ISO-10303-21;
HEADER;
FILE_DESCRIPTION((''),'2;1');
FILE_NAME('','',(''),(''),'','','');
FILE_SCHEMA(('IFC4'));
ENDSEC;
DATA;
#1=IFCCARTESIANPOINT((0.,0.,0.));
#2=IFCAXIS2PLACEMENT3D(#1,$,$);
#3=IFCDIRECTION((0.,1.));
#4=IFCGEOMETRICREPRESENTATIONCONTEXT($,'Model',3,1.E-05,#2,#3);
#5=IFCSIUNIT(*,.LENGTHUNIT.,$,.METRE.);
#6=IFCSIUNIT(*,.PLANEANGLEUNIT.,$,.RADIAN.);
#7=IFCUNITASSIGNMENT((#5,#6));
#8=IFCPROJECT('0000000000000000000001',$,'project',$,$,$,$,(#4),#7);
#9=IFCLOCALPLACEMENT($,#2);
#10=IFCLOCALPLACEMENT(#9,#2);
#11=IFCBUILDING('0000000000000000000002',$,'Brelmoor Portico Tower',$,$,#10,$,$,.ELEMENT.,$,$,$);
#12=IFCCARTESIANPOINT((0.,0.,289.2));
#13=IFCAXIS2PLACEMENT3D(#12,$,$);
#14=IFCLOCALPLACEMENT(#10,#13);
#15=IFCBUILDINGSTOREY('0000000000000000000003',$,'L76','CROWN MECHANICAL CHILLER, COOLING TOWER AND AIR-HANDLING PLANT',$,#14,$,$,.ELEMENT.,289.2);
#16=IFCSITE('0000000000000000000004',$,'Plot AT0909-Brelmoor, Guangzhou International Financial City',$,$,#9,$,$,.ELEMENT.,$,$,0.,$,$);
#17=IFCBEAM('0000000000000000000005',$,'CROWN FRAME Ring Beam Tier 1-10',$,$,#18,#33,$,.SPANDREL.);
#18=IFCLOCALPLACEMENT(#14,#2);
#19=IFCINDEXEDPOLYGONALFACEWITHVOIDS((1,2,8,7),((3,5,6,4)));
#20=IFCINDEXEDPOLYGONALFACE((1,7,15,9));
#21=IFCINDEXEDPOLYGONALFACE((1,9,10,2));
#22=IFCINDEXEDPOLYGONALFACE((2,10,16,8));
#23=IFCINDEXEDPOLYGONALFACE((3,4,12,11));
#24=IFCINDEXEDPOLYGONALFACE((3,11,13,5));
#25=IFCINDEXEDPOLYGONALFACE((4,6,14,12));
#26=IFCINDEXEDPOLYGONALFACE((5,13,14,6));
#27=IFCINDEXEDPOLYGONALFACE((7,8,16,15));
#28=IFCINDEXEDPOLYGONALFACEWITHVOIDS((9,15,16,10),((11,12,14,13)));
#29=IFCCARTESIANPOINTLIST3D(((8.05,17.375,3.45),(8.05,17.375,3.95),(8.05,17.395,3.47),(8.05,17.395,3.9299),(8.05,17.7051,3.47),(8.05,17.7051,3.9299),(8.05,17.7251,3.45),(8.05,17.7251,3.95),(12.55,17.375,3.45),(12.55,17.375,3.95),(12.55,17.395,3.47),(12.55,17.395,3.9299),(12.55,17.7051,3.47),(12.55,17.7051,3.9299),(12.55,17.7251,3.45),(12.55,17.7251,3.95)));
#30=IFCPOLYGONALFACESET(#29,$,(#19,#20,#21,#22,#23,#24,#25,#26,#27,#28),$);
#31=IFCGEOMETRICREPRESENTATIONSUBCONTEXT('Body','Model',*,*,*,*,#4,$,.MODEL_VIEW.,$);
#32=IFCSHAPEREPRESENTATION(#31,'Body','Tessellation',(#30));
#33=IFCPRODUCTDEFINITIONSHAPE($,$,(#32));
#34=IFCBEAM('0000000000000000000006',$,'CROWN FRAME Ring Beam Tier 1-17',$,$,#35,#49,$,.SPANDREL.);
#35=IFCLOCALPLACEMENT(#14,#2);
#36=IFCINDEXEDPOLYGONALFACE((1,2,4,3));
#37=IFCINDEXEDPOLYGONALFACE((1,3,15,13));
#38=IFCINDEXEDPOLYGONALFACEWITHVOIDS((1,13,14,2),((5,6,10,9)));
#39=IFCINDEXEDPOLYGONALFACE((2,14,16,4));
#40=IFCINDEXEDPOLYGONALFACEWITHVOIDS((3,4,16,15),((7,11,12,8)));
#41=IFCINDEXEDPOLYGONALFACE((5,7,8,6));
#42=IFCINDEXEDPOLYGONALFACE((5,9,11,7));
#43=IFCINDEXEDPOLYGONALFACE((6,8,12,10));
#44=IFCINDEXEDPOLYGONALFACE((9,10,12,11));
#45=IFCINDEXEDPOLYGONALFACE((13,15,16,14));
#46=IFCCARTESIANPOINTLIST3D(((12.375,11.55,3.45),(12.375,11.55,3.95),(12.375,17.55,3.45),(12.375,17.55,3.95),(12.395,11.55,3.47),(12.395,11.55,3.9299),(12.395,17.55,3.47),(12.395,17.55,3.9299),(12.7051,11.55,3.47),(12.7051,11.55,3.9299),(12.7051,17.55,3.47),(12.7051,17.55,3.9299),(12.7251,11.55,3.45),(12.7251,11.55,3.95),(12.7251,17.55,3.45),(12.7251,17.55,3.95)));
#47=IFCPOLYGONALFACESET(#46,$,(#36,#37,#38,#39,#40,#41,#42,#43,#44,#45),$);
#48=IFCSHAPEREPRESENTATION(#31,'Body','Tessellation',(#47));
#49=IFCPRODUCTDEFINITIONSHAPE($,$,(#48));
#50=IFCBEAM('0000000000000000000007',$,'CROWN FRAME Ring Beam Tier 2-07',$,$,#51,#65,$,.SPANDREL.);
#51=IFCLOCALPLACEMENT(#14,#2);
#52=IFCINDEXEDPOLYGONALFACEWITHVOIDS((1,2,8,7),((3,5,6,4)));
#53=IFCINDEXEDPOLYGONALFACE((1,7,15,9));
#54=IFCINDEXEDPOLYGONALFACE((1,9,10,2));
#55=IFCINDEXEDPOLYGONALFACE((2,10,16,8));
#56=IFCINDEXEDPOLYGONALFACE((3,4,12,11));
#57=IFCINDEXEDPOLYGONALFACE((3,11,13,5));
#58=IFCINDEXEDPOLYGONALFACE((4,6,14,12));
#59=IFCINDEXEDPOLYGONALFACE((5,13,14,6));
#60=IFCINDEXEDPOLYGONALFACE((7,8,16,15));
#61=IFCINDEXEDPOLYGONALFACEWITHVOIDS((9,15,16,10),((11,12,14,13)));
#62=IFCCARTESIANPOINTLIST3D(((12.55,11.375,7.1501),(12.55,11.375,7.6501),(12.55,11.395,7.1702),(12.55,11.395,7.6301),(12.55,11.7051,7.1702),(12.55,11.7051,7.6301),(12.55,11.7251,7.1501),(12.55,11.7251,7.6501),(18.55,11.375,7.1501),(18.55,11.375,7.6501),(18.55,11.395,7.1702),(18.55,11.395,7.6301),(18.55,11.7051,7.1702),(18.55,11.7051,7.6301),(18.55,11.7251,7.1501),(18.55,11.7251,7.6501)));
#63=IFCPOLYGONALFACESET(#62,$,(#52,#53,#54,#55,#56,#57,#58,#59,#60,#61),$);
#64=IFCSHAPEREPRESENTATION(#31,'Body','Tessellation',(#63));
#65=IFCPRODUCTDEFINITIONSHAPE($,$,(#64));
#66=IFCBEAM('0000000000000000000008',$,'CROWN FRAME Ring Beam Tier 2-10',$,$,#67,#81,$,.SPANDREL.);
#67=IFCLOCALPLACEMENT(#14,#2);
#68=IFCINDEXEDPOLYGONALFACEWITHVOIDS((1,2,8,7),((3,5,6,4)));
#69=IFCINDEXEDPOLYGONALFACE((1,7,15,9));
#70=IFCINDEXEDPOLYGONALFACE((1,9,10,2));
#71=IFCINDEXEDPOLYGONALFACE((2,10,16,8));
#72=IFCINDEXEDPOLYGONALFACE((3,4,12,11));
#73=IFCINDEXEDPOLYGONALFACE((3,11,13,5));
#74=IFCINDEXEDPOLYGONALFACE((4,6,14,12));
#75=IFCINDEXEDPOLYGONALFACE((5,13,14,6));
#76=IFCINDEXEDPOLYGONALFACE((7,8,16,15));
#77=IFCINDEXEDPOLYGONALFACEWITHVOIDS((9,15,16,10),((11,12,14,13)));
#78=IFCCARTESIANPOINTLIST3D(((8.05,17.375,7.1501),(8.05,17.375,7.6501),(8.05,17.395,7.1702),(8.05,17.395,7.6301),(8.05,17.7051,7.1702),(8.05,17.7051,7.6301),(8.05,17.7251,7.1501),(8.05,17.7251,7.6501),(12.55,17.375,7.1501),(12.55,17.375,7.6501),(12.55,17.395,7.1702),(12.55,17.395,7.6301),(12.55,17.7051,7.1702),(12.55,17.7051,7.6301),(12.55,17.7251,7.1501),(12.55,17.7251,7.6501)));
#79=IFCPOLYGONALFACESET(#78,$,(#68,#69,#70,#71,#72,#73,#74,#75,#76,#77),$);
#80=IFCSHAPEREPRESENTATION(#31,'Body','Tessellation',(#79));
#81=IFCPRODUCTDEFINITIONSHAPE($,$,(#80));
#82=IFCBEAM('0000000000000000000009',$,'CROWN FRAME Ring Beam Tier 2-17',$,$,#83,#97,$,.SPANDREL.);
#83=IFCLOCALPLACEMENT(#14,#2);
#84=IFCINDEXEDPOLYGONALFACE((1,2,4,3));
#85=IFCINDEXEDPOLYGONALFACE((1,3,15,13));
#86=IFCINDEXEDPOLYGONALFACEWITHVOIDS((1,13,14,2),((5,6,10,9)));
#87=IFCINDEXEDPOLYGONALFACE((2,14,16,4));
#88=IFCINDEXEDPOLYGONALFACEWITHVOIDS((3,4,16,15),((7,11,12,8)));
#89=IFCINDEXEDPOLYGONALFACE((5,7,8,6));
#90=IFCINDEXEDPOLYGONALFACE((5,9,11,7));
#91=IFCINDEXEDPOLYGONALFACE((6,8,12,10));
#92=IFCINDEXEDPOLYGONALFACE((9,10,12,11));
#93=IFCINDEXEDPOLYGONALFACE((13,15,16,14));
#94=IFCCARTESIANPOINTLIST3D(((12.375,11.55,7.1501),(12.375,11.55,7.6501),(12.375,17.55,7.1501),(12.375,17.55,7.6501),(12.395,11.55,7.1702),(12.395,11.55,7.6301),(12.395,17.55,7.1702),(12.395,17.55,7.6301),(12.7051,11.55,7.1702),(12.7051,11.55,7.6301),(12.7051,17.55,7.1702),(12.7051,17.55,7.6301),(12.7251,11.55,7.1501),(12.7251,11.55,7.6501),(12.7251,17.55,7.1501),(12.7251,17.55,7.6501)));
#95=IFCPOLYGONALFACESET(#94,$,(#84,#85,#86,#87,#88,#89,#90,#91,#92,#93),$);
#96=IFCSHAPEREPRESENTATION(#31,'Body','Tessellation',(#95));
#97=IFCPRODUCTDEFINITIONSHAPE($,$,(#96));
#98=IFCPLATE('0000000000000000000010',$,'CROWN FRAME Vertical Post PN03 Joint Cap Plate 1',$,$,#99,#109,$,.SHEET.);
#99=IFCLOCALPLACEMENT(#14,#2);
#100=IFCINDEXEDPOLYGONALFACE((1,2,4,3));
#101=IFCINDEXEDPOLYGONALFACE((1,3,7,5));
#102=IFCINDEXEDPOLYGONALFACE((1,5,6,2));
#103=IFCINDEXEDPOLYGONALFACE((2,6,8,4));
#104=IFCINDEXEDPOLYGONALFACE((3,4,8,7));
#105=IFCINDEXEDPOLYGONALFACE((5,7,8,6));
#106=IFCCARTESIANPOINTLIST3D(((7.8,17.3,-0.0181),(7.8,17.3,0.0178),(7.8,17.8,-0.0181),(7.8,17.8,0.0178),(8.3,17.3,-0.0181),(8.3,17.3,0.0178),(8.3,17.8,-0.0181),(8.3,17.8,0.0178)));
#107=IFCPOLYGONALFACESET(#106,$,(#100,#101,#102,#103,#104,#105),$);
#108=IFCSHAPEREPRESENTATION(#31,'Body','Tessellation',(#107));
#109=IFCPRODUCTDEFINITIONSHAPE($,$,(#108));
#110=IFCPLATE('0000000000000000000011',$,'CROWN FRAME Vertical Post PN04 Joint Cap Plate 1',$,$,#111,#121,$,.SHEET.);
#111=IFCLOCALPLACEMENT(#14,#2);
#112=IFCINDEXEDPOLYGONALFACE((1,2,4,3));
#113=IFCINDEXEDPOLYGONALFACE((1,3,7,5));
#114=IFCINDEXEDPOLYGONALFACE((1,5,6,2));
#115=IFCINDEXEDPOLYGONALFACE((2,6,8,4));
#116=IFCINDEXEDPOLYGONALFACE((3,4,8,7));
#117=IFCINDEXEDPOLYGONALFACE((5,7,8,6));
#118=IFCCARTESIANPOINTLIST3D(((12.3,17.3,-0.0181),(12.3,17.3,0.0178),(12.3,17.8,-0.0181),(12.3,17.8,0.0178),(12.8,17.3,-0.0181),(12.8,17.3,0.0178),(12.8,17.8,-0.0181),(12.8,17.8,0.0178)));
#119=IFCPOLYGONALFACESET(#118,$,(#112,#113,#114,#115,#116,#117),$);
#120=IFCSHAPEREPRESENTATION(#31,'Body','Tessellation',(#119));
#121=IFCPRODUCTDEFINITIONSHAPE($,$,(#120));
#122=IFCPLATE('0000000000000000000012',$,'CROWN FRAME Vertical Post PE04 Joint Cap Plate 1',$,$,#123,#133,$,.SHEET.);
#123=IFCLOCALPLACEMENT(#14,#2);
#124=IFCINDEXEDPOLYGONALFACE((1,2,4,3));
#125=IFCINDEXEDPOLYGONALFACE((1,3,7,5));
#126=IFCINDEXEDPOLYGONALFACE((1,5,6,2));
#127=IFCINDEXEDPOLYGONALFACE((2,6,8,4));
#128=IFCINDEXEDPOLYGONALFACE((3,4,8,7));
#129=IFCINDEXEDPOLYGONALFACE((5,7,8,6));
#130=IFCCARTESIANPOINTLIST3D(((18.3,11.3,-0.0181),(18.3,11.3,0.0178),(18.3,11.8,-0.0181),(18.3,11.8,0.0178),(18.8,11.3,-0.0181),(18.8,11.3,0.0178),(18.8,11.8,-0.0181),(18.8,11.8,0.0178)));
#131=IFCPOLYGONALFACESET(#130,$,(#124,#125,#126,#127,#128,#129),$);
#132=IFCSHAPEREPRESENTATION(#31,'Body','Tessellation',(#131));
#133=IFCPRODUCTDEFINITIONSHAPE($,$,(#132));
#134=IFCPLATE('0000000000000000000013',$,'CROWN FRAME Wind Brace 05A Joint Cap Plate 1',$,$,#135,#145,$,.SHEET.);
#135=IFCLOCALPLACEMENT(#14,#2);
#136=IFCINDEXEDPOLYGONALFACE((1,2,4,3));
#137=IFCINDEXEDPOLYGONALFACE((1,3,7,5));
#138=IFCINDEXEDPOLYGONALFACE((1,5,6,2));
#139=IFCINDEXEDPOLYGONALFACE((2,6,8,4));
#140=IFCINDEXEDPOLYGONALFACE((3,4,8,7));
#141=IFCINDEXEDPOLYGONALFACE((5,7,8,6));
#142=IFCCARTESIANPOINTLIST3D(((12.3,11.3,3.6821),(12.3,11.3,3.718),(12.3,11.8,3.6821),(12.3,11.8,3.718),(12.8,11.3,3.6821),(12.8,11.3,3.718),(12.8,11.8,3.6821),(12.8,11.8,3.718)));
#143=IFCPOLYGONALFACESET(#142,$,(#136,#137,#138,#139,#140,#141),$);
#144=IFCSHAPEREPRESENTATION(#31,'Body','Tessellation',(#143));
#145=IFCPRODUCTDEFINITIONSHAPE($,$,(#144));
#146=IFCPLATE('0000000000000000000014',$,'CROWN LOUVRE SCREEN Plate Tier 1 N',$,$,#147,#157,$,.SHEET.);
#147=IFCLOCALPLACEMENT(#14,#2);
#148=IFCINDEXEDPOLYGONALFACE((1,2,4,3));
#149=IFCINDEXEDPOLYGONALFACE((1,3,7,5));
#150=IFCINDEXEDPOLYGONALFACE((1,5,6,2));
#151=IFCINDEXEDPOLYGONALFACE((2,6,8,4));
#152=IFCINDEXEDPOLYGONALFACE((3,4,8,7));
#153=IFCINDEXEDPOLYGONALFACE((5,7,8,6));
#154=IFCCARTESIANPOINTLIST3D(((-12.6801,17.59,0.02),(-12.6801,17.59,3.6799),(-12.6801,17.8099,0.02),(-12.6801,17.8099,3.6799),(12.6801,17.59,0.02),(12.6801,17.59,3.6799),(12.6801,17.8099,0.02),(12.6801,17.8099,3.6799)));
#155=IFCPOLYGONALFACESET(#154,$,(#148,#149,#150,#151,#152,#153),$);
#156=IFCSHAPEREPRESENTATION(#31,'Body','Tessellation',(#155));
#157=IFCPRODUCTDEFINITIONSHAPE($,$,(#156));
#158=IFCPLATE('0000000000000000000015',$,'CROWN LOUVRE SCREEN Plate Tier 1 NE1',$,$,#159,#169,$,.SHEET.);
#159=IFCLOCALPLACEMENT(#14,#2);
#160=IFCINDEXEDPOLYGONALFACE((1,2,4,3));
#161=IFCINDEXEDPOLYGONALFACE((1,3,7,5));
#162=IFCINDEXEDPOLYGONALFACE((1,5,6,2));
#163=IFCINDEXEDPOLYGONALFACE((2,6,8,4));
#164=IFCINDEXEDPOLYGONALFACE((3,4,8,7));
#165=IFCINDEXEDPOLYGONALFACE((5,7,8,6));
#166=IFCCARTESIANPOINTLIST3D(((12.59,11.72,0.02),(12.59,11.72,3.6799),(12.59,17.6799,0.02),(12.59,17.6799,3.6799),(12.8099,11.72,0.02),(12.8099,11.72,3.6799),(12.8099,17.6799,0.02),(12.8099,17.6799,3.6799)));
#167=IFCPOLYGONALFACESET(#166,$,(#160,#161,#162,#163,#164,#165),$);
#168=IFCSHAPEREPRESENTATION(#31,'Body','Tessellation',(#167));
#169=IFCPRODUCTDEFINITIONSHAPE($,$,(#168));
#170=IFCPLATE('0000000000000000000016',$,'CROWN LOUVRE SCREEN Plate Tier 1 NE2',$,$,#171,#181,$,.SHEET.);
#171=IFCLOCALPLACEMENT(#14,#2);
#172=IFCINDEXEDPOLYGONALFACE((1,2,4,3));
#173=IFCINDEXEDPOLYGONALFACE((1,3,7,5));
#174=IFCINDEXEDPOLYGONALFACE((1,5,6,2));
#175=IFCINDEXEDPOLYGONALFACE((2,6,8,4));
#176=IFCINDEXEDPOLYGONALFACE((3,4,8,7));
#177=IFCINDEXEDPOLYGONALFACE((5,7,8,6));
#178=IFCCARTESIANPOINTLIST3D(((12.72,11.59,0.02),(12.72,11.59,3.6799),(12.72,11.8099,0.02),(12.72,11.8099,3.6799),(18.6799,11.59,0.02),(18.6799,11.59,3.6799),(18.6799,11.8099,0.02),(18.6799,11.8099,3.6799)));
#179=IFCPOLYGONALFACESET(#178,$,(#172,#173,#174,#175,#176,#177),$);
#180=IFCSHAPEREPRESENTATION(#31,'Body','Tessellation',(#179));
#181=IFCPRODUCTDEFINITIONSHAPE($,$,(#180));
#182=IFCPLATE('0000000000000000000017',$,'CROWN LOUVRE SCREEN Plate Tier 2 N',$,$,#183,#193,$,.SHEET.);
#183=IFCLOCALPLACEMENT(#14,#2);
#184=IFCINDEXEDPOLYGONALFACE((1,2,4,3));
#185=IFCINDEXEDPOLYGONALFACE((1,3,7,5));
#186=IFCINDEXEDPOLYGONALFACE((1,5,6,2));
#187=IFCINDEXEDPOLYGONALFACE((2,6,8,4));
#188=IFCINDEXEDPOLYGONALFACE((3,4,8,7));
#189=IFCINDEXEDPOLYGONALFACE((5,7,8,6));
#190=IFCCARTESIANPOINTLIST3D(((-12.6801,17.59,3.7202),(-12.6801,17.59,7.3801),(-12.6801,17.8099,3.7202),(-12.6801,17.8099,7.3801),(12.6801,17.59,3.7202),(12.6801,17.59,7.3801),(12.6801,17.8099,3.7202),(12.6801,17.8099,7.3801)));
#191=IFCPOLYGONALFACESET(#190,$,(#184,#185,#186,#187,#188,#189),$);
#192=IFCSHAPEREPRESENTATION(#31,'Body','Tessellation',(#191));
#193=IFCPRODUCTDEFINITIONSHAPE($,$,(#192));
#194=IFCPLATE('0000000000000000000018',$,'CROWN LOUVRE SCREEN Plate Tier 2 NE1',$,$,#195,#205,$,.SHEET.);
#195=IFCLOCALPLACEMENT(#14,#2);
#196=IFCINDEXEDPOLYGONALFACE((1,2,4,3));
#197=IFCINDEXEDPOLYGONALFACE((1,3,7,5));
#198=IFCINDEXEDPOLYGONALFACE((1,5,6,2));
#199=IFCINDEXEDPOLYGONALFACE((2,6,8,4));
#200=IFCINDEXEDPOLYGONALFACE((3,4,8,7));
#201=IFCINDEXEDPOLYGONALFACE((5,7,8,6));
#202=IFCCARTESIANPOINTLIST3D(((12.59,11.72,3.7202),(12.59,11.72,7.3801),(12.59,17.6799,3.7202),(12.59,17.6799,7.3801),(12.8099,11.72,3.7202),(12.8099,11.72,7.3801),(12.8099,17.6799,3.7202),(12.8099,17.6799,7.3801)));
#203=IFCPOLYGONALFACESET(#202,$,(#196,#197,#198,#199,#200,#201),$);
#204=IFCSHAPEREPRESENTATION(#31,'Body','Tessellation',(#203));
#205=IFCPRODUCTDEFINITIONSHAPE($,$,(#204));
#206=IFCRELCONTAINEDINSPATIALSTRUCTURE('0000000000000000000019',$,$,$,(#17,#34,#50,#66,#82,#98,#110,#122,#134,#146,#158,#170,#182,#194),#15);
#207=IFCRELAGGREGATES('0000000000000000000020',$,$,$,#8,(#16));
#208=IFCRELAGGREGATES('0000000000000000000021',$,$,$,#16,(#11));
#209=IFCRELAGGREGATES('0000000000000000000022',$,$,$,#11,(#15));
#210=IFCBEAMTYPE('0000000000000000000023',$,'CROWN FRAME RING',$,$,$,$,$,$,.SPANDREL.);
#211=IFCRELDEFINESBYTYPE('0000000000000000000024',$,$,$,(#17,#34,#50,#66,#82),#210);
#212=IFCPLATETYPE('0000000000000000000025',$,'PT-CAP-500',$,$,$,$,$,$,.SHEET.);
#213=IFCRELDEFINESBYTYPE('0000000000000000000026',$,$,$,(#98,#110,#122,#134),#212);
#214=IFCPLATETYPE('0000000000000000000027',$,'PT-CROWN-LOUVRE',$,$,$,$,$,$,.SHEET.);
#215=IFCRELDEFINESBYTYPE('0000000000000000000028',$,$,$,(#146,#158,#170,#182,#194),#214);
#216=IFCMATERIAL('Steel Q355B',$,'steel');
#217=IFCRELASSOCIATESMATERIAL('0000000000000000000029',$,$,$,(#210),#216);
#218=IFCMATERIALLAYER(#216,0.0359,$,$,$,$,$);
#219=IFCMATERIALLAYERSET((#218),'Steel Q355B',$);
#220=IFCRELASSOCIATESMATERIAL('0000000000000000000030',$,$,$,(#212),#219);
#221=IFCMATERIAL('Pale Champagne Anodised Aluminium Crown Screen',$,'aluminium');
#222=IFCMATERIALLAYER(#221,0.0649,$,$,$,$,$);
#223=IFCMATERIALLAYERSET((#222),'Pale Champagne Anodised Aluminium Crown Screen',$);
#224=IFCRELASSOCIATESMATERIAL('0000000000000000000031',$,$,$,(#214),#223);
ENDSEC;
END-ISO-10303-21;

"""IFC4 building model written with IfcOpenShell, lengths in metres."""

from ifc_helpers import new_model, si_unit, direction, frame, origin, origin_2d, place, context, subcontext, project, spatial, rectangle, hollow_rectangle, extrude, material, layer, layer_set, material_profile, profile_set, type_object, element, save


model = new_model("IFC4")

# Units and contexts
model_context = context("Model", 3, precision=1e-05, world=origin(), true_north=direction((0.0, 1.0)))
body_context = subcontext(model_context, "Body", "Model", "MODEL_VIEW")
ifc_project = project(units=[si_unit("LENGTHUNIT", "METRE"), si_unit("PLANEANGLEUNIT", "RADIAN")], contexts=[model_context])

# Site, building, storey
site_placement = place(None, origin())
site = spatial("IfcSite", under=ifc_project, at=site_placement, Name="Plot AT0909-Brelmoor, Guangzhou International Financial City", CompositionType="ELEMENT", RefElevation=0.0)
building_placement = place(site_placement, origin())
building = spatial("IfcBuilding", under=site, at=building_placement, Name="Brelmoor Portico Tower", CompositionType="ELEMENT")
storey_placement = place(building_placement, frame((0.0, 0.0, 289.2)))
storey = spatial("IfcBuildingStorey", under=building, at=storey_placement, Name="L76", Description="CROWN MECHANICAL CHILLER, COOLING TOWER AND AIR-HANDLING PLANT", CompositionType="ELEMENT", Elevation=289.2)

# Shared definitions
ifc_material_1 = material(Name="Steel Q355B", Category="steel")

# Beams
ifc_material_profile_1 = material_profile(ifc_material_1, hollow_rectangle(XDim=0.3501, YDim=0.5, WallThickness=0.02, at=origin_2d()), Name="RHS 350x500x20")
ifc_profile_set_1 = profile_set([ifc_material_profile_1], Name="Steel Q355B")
beam_type = type_object("IfcBeamType", Name="CROWN FRAME RING", PredefinedType="SPANDREL", material=ifc_profile_set_1)
beam_1_placement = place(storey_placement, frame((8.05, 17.55, 3.7), z_axis=(1.0, 0.0, 0.0), x_axis=(0.0, 1.0, 0.0)))
element("IfcBeam", 1, at=beam_1_placement, inside=storey, type_object=beam_type, Name="CROWN FRAME Ring Beam Tier 1-10", PredefinedType="SPANDREL", context=body_context, shape_type="SweptSolid", body=[
    extrude(hollow_rectangle(XDim=0.3501, YDim=0.5, WallThickness=0.02, at=origin_2d()), origin(), (0.0, 0.0, 1.0), 4.5),
])
for number, where, z_axis, x_axis, name in (
    (2, (12.55, 11.55, 3.7), (0.0, 1.0, 0.0), (-1.0, 0.0, 0.0), "CROWN FRAME Ring Beam Tier 1-17"),
    (3, (12.55, 11.55, 7.4001), (1.0, 0.0, 0.0), (0.0, 1.0, 0.0), "CROWN FRAME Ring Beam Tier 2-07"),
):
    element("IfcBeam", number, at=place(storey_placement, frame(where, z_axis=z_axis, x_axis=x_axis)), inside=storey, type_object=beam_type, Name=name, PredefinedType="SPANDREL", context=body_context, shape_type="SweptSolid", body=[
        extrude(hollow_rectangle(XDim=0.3501, YDim=0.5, WallThickness=0.02, at=origin_2d()), origin(), (0.0, 0.0, 1.0), 6.0),
    ])
beam_2_placement = place(storey_placement, frame((8.05, 17.55, 7.4001), z_axis=(1.0, 0.0, 0.0), x_axis=(0.0, 1.0, 0.0)))
element("IfcBeam", 4, at=beam_2_placement, inside=storey, type_object=beam_type, Name="CROWN FRAME Ring Beam Tier 2-10", PredefinedType="SPANDREL", context=body_context, shape_type="SweptSolid", body=[
    extrude(hollow_rectangle(XDim=0.3501, YDim=0.5, WallThickness=0.02, at=origin_2d()), origin(), (0.0, 0.0, 1.0), 4.5),
])
beam_3_placement = place(storey_placement, frame((12.55, 11.55, 7.4001), z_axis=(0.0, 1.0, 0.0), x_axis=(-1.0, 0.0, 0.0)))
element("IfcBeam", 5, at=beam_3_placement, inside=storey, type_object=beam_type, Name="CROWN FRAME Ring Beam Tier 2-17", PredefinedType="SPANDREL", context=body_context, shape_type="SweptSolid", body=[
    extrude(hollow_rectangle(XDim=0.3501, YDim=0.5, WallThickness=0.02, at=origin_2d()), origin(), (0.0, 0.0, 1.0), 6.0),
])

# Plates
ifc_layer_1 = layer(ifc_material_1, 0.0359)
ifc_layer_set_1 = layer_set([ifc_layer_1], Name="Steel Q355B")
plate_type_1 = type_object("IfcPlateType", Name="PT-CAP-500", PredefinedType="SHEET", material=ifc_layer_set_1)
for number, where, z_axis, x_axis, name in (
    (6, (8.05, 17.55, -0.0181), (0.0, 0.0, 1.0), (1.0, 0.0, 0.0), "CROWN FRAME Vertical Post PN03 Joint Cap Plate 1"),
    (7, (12.55, 17.55, -0.0181), (0.0, 0.0, 1.0), (1.0, 0.0, 0.0), "CROWN FRAME Vertical Post PN04 Joint Cap Plate 1"),
    (8, (18.55, 11.55, -0.0181), (0.0, 0.0, 1.0), (1.0, 0.0, 0.0), "CROWN FRAME Vertical Post PE04 Joint Cap Plate 1"),
    (9, (12.55, 11.55, 3.6821), (0.0, 0.0, 1.0), (1.0, 0.0, 0.0), "CROWN FRAME Wind Brace 05A Joint Cap Plate 1"),
):
    element("IfcPlate", number, at=place(storey_placement, frame(where, z_axis=z_axis, x_axis=x_axis)), inside=storey, type_object=plate_type_1, Name=name, PredefinedType="SHEET", context=body_context, shape_type="SweptSolid", body=[
        extrude(rectangle(XDim=0.5, YDim=0.5, at=origin_2d()), origin(), (0.0, 0.0, 1.0), 0.0359),
    ])
ifc_material_2 = material(Name="Pale Champagne Anodised Aluminium Crown Screen", Category="aluminium")
ifc_layer_2 = layer(ifc_material_2, 0.0649)
ifc_layer_set_2 = layer_set([ifc_layer_2], Name="Pale Champagne Anodised Aluminium Crown Screen")
plate_type_2 = type_object("IfcPlateType", Name="PT-CROWN-LOUVRE", PredefinedType="SHEET", material=ifc_layer_set_2)
plate_1_placement = place(storey_placement, frame((0.0, 17.7, 0.02), z_axis=(0.0, 0.0, 1.0), x_axis=(1.0, 0.0, 0.0)))
element("IfcPlate", 10, at=plate_1_placement, inside=storey, type_object=plate_type_2, Name="CROWN LOUVRE SCREEN Plate Tier 1 N", PredefinedType="SHEET", context=body_context, shape_type="SweptSolid", body=[
    extrude(rectangle(XDim=25.3601, YDim=0.22, at=origin_2d()), origin(), (0.0, 0.0, 1.0), 3.6599),
])
for number, where, z_axis, x_axis, name in (
    (11, (12.7, 14.7, 0.02), (0.0, 0.0, 1.0), (0.0, 1.0, 0.0), "CROWN LOUVRE SCREEN Plate Tier 1 NE1"),
    (12, (15.7, 11.7, 0.02), (0.0, 0.0, 1.0), (1.0, 0.0, 0.0), "CROWN LOUVRE SCREEN Plate Tier 1 NE2"),
):
    element("IfcPlate", number, at=place(storey_placement, frame(where, z_axis=z_axis, x_axis=x_axis)), inside=storey, type_object=plate_type_2, Name=name, PredefinedType="SHEET", context=body_context, shape_type="SweptSolid", body=[
        extrude(rectangle(XDim=5.96, YDim=0.22, at=origin_2d()), origin(), (0.0, 0.0, 1.0), 3.6599),
    ])
plate_2_placement = place(storey_placement, frame((0.0, 17.7, 3.7202), z_axis=(0.0, 0.0, 1.0), x_axis=(1.0, 0.0, 0.0)))
element("IfcPlate", 13, at=plate_2_placement, inside=storey, type_object=plate_type_2, Name="CROWN LOUVRE SCREEN Plate Tier 2 N", PredefinedType="SHEET", context=body_context, shape_type="SweptSolid", body=[
    extrude(rectangle(XDim=25.3601, YDim=0.22, at=origin_2d()), origin(), (0.0, 0.0, 1.0), 3.6599),
])
for number, where, z_axis, x_axis, name in (
    (14, (12.7, 14.7, 3.7202), (0.0, 0.0, 1.0), (0.0, 1.0, 0.0), "CROWN LOUVRE SCREEN Plate Tier 2 NE1"),
):
    element("IfcPlate", number, at=place(storey_placement, frame(where, z_axis=z_axis, x_axis=x_axis)), inside=storey, type_object=plate_type_2, Name=name, PredefinedType="SHEET", context=body_context, shape_type="SweptSolid", body=[
        extrude(rectangle(XDim=5.96, YDim=0.22, at=origin_2d()), origin(), (0.0, 0.0, 1.0), 3.6599),
    ])

save(model, "model.ifc")
